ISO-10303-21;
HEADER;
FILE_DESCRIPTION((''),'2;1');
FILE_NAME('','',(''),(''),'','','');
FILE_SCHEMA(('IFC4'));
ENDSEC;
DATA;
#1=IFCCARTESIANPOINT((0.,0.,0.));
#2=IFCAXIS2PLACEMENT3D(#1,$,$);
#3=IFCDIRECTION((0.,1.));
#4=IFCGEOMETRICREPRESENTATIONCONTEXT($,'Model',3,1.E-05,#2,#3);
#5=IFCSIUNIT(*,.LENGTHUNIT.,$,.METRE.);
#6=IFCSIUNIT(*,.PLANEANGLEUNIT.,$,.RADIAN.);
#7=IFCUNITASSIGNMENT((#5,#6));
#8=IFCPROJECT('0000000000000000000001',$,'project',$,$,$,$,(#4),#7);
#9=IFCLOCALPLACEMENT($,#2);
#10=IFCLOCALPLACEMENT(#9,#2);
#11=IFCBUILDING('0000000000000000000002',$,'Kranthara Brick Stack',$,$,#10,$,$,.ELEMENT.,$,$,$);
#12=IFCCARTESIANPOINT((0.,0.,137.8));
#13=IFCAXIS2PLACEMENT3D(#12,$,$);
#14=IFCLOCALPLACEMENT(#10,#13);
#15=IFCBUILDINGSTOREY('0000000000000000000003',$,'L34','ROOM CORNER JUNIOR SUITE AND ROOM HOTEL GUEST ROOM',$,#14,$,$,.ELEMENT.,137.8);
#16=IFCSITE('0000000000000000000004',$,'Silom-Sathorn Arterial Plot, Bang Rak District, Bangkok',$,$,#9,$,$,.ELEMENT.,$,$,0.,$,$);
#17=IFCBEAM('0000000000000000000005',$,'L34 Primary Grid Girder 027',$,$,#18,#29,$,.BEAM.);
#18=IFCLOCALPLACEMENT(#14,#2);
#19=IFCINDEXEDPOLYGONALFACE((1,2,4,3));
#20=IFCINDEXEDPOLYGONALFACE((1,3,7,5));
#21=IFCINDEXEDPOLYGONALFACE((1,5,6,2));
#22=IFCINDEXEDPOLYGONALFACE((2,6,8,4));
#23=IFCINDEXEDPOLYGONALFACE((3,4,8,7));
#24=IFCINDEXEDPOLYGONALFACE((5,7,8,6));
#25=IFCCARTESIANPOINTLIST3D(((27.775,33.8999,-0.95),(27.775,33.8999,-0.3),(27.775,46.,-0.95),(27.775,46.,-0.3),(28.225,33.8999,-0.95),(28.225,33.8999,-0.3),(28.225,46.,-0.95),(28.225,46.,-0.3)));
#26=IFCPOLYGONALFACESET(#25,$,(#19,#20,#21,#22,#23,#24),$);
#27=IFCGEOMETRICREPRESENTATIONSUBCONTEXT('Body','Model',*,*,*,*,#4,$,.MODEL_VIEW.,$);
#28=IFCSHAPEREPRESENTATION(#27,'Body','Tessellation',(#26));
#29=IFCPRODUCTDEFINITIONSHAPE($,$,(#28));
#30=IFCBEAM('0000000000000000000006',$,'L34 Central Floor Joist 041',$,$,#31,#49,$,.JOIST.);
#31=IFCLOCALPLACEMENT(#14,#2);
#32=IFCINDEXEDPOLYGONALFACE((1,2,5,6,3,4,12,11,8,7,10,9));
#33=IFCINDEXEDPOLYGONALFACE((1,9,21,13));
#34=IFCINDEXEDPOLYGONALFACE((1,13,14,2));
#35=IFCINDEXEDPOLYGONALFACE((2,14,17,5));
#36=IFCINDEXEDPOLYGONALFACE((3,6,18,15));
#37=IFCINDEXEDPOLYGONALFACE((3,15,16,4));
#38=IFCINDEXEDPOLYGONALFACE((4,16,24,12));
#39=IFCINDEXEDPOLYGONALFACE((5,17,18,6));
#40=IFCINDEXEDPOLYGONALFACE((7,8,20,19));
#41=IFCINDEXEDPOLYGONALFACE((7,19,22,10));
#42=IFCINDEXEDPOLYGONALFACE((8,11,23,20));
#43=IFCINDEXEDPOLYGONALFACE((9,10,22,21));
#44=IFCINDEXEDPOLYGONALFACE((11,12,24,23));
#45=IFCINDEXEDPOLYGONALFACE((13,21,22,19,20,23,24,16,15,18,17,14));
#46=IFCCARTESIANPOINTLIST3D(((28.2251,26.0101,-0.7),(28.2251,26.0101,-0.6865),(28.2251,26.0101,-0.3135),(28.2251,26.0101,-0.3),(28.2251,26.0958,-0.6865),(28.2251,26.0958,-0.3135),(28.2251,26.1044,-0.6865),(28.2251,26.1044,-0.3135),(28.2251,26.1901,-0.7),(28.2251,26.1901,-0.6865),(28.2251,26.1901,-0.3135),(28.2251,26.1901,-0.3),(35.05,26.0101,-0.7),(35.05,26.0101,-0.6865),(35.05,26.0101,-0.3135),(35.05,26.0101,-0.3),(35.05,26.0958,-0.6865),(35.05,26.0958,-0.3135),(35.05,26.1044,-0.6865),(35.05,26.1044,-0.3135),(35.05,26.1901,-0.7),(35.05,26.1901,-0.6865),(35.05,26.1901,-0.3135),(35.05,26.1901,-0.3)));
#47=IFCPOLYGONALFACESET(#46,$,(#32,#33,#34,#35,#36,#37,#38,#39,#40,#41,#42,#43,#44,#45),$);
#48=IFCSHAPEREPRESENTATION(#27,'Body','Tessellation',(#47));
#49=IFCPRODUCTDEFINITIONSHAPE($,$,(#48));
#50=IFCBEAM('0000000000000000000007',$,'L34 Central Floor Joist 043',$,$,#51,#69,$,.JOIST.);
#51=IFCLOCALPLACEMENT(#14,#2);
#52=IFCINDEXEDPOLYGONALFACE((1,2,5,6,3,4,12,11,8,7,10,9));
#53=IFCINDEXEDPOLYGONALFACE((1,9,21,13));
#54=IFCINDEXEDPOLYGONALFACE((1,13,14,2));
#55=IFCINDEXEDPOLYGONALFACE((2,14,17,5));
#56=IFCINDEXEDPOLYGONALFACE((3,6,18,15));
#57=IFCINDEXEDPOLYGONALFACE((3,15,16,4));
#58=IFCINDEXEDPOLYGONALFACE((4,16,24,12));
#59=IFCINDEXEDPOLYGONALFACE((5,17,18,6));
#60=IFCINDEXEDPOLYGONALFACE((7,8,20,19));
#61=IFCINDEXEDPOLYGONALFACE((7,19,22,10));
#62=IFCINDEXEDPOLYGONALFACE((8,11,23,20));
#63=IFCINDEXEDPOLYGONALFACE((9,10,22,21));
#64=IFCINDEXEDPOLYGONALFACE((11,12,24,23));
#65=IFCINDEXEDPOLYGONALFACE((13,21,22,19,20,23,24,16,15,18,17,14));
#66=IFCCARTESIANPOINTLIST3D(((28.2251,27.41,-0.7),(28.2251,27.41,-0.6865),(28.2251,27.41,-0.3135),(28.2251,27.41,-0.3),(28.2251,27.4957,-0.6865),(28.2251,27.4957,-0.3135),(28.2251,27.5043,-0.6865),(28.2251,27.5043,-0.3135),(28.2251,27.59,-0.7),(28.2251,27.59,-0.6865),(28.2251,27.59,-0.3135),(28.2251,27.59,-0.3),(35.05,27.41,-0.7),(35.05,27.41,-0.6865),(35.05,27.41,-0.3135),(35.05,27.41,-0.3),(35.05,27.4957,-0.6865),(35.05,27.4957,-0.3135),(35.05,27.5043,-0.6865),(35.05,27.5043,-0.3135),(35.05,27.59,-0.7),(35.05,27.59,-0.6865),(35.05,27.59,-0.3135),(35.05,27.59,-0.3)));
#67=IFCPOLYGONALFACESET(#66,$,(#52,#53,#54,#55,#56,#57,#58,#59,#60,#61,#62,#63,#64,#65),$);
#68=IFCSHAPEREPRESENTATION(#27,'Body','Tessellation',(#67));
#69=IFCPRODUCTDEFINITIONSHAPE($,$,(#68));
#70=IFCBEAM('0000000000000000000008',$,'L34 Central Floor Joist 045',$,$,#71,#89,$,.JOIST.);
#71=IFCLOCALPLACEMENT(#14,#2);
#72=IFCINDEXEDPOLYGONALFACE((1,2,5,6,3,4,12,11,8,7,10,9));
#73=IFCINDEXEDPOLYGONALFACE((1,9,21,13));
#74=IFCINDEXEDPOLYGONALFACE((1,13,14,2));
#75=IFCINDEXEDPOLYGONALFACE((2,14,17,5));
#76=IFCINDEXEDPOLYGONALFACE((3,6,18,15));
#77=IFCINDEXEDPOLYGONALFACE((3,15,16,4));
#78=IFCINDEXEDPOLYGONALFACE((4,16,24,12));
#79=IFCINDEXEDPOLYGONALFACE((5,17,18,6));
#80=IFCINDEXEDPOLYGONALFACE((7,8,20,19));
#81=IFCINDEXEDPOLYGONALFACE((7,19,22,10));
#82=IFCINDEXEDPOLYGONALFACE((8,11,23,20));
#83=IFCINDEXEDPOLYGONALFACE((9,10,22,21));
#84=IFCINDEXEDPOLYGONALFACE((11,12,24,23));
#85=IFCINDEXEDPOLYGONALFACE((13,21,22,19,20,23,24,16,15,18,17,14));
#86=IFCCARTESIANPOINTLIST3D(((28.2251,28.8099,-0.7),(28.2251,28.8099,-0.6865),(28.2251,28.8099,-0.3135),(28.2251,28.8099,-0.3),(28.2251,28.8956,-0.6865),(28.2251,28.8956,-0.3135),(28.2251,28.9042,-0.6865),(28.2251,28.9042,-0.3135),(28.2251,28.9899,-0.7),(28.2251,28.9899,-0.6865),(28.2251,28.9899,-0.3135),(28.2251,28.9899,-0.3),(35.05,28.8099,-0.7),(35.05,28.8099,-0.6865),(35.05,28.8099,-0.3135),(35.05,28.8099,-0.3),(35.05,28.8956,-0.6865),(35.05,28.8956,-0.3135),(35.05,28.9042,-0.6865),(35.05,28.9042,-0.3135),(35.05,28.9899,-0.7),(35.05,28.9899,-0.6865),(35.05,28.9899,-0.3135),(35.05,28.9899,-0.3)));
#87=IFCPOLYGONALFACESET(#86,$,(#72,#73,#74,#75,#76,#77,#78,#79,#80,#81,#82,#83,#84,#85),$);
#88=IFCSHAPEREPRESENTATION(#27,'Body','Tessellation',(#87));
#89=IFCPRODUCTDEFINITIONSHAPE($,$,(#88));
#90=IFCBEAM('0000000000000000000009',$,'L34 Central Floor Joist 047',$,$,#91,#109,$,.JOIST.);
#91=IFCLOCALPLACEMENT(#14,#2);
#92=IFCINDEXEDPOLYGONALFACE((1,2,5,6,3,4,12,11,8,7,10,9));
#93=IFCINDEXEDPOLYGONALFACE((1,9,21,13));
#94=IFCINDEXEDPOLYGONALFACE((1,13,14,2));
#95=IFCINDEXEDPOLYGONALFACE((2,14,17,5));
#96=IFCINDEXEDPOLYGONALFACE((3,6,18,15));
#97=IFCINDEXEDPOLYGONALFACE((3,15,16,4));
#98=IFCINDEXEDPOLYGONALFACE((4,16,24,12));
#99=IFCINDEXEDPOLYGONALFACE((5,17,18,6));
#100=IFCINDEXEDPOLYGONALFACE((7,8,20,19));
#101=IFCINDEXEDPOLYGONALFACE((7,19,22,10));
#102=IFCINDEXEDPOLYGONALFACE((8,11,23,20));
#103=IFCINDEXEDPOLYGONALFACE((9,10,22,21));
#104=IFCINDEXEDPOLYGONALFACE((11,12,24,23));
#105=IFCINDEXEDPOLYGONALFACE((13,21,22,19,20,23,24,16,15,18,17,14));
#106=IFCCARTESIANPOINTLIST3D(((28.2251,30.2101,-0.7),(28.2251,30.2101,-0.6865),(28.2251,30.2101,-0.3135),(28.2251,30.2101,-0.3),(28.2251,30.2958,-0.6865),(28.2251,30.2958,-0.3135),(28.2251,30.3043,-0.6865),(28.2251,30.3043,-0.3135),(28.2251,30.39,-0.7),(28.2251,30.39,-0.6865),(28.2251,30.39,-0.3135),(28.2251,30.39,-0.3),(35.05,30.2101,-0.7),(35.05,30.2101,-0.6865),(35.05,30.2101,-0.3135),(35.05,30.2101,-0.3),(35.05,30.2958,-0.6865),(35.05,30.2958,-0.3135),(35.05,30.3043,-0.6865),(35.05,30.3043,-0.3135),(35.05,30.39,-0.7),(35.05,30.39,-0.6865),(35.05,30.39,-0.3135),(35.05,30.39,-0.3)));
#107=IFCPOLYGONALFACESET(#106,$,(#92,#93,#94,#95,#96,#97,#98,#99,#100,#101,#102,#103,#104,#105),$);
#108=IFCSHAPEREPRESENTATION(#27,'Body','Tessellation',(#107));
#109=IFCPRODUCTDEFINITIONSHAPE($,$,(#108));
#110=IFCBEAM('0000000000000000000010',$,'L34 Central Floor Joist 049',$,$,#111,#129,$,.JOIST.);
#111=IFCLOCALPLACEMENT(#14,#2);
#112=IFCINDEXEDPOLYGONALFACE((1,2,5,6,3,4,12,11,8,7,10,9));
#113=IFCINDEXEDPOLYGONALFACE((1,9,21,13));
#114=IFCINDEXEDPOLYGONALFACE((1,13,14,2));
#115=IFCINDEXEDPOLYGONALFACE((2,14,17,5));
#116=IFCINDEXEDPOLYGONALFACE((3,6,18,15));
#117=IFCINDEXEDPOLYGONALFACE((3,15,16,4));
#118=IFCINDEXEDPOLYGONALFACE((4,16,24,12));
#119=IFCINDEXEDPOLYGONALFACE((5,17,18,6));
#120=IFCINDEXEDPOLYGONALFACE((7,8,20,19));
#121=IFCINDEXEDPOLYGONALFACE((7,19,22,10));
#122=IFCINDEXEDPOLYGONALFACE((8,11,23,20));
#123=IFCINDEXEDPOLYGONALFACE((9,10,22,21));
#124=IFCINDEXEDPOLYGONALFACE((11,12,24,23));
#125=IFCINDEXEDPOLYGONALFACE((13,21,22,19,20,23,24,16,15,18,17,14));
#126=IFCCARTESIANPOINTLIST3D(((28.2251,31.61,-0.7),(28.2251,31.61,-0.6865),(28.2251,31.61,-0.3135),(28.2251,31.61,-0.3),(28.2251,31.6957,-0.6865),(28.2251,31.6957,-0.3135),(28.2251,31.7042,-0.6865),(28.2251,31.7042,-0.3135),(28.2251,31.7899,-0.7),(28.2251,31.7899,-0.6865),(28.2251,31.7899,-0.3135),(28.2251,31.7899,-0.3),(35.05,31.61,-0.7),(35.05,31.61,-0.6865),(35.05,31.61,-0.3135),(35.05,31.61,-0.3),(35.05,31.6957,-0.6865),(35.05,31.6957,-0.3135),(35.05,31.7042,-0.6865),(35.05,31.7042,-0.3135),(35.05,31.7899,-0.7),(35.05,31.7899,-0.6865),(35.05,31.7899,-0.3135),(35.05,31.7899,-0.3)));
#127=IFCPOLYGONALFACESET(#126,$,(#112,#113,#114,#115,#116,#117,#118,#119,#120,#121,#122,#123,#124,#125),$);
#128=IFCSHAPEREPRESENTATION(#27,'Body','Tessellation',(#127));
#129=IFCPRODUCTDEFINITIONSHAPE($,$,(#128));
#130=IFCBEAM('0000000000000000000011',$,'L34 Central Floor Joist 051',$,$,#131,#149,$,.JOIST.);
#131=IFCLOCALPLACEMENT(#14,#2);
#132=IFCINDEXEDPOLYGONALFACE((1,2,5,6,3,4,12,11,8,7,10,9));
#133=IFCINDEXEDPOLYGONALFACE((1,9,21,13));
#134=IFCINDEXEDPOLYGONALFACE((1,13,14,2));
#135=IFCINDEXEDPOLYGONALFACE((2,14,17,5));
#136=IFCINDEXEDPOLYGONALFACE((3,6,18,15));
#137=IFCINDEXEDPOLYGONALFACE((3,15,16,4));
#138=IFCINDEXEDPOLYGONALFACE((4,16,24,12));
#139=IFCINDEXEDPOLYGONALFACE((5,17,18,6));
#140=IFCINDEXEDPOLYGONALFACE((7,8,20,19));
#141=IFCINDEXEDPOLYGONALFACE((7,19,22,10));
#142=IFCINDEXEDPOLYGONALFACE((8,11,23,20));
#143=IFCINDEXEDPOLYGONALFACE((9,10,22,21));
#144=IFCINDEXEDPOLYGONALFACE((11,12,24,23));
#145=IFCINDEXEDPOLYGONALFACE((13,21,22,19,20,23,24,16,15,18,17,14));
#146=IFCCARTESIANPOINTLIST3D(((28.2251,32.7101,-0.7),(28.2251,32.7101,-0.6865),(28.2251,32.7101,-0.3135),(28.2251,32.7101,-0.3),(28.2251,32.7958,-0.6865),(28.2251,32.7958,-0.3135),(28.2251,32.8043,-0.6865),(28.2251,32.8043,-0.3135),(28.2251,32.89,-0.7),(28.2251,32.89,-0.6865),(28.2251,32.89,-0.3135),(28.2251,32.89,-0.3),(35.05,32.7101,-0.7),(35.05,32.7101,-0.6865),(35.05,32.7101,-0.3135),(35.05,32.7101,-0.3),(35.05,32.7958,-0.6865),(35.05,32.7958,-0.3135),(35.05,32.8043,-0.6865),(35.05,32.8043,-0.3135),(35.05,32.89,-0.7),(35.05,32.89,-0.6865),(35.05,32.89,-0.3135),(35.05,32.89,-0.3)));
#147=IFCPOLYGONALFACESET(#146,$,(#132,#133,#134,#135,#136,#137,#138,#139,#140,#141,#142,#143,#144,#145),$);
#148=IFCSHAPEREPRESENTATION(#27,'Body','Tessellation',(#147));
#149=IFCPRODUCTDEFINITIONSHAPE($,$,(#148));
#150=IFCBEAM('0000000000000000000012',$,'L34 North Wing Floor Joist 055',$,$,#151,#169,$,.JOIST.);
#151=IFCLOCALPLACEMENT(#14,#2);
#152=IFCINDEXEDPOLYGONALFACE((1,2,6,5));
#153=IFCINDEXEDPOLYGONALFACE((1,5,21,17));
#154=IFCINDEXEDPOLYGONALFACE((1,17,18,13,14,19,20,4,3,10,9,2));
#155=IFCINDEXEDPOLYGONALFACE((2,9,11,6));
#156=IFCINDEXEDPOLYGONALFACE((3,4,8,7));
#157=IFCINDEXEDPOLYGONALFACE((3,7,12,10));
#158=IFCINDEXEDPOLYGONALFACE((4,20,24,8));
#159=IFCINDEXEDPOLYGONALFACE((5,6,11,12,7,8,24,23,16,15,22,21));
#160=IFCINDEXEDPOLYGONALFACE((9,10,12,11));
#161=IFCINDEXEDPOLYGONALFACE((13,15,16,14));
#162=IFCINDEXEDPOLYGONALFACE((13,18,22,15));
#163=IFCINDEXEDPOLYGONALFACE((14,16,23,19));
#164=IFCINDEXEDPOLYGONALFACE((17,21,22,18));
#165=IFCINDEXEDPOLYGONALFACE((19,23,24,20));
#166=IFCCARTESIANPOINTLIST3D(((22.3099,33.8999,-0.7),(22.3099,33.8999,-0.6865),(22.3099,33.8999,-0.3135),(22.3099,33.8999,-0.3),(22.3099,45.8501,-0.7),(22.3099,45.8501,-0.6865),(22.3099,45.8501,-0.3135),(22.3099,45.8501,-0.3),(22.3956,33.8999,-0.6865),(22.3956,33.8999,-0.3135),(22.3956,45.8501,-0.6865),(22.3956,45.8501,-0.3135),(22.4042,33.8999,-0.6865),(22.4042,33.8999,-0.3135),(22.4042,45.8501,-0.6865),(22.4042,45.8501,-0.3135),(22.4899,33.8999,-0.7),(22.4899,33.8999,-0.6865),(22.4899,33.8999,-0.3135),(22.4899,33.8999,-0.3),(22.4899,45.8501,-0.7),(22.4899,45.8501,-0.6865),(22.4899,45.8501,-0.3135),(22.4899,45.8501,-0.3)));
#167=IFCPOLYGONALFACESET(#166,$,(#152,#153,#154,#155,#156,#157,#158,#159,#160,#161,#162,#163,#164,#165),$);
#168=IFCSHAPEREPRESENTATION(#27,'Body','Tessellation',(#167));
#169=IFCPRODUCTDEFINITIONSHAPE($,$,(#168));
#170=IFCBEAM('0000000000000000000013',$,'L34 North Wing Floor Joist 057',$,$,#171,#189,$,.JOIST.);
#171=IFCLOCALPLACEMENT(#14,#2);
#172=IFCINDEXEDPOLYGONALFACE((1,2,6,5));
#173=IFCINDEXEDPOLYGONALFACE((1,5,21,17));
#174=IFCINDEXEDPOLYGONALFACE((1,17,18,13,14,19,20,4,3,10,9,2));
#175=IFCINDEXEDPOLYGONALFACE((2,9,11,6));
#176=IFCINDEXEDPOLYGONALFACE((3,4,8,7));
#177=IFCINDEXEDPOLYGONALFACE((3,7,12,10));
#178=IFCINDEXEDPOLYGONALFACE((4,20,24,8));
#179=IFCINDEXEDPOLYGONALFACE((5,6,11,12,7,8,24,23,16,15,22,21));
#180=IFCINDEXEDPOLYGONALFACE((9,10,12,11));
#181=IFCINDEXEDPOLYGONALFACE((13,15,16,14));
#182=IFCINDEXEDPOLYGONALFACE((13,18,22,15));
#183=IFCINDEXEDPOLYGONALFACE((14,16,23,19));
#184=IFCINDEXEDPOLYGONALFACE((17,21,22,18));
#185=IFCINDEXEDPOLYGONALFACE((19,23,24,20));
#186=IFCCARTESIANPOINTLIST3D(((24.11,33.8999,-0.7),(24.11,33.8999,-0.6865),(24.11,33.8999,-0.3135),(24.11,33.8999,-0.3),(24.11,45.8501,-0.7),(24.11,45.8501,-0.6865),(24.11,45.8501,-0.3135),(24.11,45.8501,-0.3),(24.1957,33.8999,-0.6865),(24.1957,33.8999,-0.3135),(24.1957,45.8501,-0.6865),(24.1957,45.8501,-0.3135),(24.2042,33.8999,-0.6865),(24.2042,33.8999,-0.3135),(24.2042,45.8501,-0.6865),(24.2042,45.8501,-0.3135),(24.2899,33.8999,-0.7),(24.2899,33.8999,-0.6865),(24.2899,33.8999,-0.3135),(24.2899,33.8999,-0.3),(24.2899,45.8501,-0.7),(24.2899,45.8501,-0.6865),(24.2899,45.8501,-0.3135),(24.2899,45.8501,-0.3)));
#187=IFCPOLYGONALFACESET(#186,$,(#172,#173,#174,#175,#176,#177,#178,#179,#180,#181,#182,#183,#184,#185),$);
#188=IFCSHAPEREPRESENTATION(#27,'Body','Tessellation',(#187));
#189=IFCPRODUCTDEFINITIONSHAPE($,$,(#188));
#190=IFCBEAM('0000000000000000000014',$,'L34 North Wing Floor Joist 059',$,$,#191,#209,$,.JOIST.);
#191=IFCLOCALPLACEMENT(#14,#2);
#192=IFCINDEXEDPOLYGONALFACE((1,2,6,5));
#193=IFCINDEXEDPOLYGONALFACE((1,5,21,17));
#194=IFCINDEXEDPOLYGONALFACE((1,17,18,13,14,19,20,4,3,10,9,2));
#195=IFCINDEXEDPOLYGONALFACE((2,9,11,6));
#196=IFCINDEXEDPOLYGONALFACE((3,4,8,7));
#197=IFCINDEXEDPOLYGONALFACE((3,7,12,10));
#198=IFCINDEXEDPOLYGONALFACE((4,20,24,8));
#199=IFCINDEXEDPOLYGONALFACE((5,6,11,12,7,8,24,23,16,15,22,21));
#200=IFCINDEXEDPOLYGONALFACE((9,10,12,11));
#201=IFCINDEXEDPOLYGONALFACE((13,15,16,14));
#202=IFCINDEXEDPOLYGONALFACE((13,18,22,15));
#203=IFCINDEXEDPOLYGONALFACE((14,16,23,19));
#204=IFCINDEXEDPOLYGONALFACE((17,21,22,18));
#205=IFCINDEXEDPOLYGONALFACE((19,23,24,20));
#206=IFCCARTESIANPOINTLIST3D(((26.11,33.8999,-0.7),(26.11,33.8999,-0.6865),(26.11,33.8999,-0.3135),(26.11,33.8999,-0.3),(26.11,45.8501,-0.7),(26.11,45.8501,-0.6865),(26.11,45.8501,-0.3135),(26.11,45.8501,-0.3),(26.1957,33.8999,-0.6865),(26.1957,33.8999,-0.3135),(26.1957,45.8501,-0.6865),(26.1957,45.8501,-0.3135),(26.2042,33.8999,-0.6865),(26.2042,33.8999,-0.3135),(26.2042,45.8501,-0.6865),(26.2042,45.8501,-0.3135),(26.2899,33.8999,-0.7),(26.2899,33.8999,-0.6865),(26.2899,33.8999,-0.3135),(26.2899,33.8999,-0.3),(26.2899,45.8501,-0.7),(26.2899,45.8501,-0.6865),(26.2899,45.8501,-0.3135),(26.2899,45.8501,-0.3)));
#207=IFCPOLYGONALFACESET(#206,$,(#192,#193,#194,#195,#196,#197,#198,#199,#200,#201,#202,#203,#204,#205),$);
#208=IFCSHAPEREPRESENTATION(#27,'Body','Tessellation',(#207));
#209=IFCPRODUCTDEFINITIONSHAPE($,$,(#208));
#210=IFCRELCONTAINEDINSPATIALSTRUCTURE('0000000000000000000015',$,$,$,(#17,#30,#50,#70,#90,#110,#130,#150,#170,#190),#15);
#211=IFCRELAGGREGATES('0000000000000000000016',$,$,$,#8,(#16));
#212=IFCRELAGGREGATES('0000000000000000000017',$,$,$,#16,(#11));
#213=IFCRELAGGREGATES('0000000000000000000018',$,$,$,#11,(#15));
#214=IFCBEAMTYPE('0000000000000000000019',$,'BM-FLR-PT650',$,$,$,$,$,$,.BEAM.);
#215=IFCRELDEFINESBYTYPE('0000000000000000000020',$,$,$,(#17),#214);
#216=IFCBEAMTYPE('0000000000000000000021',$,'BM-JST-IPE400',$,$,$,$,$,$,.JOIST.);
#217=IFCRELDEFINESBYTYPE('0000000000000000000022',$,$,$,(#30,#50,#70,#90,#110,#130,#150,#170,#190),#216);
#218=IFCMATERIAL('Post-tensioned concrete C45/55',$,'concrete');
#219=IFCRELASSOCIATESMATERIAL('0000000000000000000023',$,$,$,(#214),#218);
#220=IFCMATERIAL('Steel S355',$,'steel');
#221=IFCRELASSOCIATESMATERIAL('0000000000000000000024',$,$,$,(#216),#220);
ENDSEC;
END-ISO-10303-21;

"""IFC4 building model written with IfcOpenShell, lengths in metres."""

from ifc_helpers import new_model, si_unit, direction, frame, origin, origin_2d, place, context, subcontext, project, spatial, rectangle, i_section, extrude, material, material_profile, profile_set, type_object, element, save


model = new_model("IFC4")

# Units and contexts
model_context = context("Model", 3, precision=1e-05, world=origin(), true_north=direction((0.0, 1.0)))
body_context = subcontext(model_context, "Body", "Model", "MODEL_VIEW")
ifc_project = project(units=[si_unit("LENGTHUNIT", "METRE"), si_unit("PLANEANGLEUNIT", "RADIAN")], contexts=[model_context])

# Site, building, storey
site_placement = place(None, origin())
site = spatial("IfcSite", under=ifc_project, at=site_placement, Name="Silom-Sathorn Arterial Plot, Bang Rak District, Bangkok", CompositionType="ELEMENT", RefElevation=0.0)
building_placement = place(site_placement, origin())
building = spatial("IfcBuilding", under=site, at=building_placement, Name="Kranthara Brick Stack", CompositionType="ELEMENT")
storey_placement = place(building_placement, frame((0.0, 0.0, 137.8)))
storey = spatial("IfcBuildingStorey", under=building, at=storey_placement, Name="L34", Description="ROOM CORNER JUNIOR SUITE AND ROOM HOTEL GUEST ROOM", CompositionType="ELEMENT", Elevation=137.8)

# Beams
ifc_material_1 = material(Name="Post-tensioned concrete C45/55", Category="concrete")
ifc_material_profile_1 = material_profile(ifc_material_1, rectangle(XDim=0.45, YDim=0.6499, at=origin_2d()), Name="PT 450x650")
ifc_profile_set_1 = profile_set([ifc_material_profile_1], Name="Post-tensioned concrete C45/55")
beam_type_1 = type_object("IfcBeamType", Name="BM-FLR-PT650", PredefinedType="BEAM", material=ifc_profile_set_1)
beam_placement = place(storey_placement, frame((28.0, 33.8999, -0.625), z_axis=(0.0, 1.0, 0.0), x_axis=(-1.0, 0.0, 0.0)))
element("IfcBeam", 1, at=beam_placement, inside=storey, type_object=beam_type_1, Name="L34 Primary Grid Girder 027", PredefinedType="BEAM", context=body_context, shape_type="SweptSolid", body=[
    extrude(rectangle(XDim=0.45, YDim=0.6499, at=origin_2d()), origin(), (0.0, 0.0, 1.0), 12.1001),
])
ifc_material_2 = material(Name="Steel S355", Category="steel")
ifc_material_profile_2 = material_profile(ifc_material_2, i_section(OverallWidth=0.1799, OverallDepth=0.3999, WebThickness=0.0085, FlangeThickness=0.0134, at=origin_2d()), Name="IPE 400")
ifc_profile_set_2 = profile_set([ifc_material_profile_2], Name="Steel S355")
beam_type_2 = type_object("IfcBeamType", Name="BM-JST-IPE400", PredefinedType="JOIST", material=ifc_profile_set_2)
for number, where, z_axis, x_axis, name in (
    (2, (28.2251, 26.1001, -0.5), (1.0, 0.0, 0.0), (0.0, 1.0, 0.0), "L34 Central Floor Joist 041"),
    (3, (28.2251, 27.5, -0.5), (1.0, 0.0, 0.0), (0.0, 1.0, 0.0), "L34 Central Floor Joist 043"),
    (4, (28.2251, 28.8999, -0.5), (1.0, 0.0, 0.0), (0.0, 1.0, 0.0), "L34 Central Floor Joist 045"),
    (5, (28.2251, 30.3, -0.5), (1.0, 0.0, 0.0), (0.0, 1.0, 0.0), "L34 Central Floor Joist 047"),
    (6, (28.2251, 31.7, -0.5), (1.0, 0.0, 0.0), (0.0, 1.0, 0.0), "L34 Central Floor Joist 049"),
    (7, (28.2251, 32.8, -0.5), (1.0, 0.0, 0.0), (0.0, 1.0, 0.0), "L34 Central Floor Joist 051"),
):
    element("IfcBeam", number, at=place(storey_placement, frame(where, z_axis=z_axis, x_axis=x_axis)), inside=storey, type_object=beam_type_2, Name=name, PredefinedType="JOIST", context=body_context, shape_type="SweptSolid", body=[
        extrude(i_section(OverallWidth=0.1799, OverallDepth=0.3999, WebThickness=0.0085, FlangeThickness=0.0134, at=origin_2d()), origin(), (0.0, 0.0, 1.0), 6.825),
    ])
for number, where, z_axis, x_axis, name in (
    (8, (22.3999, 33.8999, -0.5), (0.0, 1.0, 0.0), (-1.0, 0.0, 0.0), "L34 North Wing Floor Joist 055"),
    (9, (24.2, 33.8999, -0.5), (0.0, 1.0, 0.0), (-1.0, 0.0, 0.0), "L34 North Wing Floor Joist 057"),
    (10, (26.2, 33.8999, -0.5), (0.0, 1.0, 0.0), (-1.0, 0.0, 0.0), "L34 North Wing Floor Joist 059"),
):
    element("IfcBeam", number, at=place(storey_placement, frame(where, z_axis=z_axis, x_axis=x_axis)), inside=storey, type_object=beam_type_2, Name=name, PredefinedType="JOIST", context=body_context, shape_type="SweptSolid", body=[
        extrude(i_section(OverallWidth=0.1799, OverallDepth=0.3999, WebThickness=0.0085, FlangeThickness=0.0134, at=origin_2d()), origin(), (0.0, 0.0, 1.0), 11.9502),
    ])

save(model, "model.ifc")
